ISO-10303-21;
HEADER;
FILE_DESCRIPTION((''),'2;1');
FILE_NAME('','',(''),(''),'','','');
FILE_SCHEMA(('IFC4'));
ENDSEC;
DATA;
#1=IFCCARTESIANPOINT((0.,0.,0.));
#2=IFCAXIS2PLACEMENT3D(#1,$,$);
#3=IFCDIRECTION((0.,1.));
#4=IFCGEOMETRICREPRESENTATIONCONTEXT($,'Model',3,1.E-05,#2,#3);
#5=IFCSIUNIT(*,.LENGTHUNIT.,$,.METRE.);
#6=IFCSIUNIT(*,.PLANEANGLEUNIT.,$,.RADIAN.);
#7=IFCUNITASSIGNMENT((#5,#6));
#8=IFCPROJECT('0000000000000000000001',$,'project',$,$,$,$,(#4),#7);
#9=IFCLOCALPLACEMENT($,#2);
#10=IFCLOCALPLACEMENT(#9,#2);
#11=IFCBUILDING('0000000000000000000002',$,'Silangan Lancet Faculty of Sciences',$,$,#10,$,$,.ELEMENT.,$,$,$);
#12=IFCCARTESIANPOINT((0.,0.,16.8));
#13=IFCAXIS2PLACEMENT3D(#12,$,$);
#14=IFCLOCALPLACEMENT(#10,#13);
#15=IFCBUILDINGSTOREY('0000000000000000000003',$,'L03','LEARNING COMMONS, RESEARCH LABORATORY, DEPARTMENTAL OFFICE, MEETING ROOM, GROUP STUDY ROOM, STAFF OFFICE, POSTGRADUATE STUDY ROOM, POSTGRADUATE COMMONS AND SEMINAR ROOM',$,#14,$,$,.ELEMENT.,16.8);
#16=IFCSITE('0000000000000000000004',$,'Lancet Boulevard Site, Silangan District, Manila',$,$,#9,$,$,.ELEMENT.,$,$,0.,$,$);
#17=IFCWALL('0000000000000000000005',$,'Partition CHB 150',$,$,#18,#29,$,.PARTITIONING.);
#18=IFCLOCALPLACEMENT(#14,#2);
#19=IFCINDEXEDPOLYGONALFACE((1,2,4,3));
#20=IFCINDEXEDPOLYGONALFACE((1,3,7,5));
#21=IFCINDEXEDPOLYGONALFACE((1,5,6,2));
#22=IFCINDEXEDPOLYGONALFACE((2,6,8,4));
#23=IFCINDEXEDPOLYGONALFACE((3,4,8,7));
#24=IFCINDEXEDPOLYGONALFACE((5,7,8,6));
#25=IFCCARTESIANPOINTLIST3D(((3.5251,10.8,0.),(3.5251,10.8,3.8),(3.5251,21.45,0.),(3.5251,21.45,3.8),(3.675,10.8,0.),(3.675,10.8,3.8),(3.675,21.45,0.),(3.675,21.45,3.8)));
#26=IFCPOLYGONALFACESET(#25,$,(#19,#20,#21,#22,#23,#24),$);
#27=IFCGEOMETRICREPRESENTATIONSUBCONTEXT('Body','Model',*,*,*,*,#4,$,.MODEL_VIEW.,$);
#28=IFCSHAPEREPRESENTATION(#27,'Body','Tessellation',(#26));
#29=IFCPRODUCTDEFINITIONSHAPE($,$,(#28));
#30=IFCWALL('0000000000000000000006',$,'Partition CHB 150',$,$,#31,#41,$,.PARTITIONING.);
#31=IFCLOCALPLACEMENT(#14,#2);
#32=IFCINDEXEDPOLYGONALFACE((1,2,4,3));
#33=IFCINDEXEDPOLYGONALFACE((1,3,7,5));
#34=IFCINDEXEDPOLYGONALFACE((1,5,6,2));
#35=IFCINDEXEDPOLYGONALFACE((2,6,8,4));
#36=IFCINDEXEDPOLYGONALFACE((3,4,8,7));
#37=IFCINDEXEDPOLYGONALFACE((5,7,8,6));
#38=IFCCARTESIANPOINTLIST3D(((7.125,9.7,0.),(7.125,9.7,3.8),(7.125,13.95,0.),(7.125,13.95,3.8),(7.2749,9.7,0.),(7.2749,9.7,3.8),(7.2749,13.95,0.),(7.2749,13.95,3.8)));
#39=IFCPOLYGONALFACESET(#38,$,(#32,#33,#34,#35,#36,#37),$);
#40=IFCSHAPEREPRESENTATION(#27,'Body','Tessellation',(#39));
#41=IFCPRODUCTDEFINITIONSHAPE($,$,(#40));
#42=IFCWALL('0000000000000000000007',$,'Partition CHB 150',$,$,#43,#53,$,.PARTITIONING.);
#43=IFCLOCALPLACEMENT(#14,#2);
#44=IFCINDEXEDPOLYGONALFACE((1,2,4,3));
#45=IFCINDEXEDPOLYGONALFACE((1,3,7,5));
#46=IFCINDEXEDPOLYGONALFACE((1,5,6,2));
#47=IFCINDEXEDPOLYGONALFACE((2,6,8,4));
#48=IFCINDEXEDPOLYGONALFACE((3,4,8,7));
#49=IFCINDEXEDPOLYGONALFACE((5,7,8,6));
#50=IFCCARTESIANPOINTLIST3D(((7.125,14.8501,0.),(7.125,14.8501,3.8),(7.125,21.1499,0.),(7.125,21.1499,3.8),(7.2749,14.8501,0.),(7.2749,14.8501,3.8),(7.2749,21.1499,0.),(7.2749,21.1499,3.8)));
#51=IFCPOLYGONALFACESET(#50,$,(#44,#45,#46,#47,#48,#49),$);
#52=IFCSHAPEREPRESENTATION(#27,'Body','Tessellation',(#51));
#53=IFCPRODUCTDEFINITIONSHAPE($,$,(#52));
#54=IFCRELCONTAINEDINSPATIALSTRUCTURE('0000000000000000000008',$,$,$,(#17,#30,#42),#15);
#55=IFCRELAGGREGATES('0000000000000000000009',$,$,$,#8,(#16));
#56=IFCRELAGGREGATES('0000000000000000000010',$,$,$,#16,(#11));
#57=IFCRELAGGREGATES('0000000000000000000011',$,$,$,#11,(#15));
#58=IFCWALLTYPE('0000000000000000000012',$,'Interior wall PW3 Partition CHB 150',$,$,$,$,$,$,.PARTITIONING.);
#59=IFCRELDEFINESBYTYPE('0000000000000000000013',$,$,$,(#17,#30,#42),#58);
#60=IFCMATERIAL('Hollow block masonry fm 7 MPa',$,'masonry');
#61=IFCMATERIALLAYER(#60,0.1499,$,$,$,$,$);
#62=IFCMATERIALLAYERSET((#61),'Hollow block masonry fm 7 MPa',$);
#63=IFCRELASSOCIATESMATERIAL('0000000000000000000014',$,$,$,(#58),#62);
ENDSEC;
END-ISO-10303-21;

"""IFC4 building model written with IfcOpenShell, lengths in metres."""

from ifc_helpers import new_model, si_unit, direction, frame, frame_2d, origin, place, context, subcontext, project, spatial, rectangle, extrude, material, layer, layer_set, type_object, element, save


model = new_model("IFC4")

# Units and contexts
model_context = context("Model", 3, precision=1e-05, world=origin(), true_north=direction((0.0, 1.0)))
body_context = subcontext(model_context, "Body", "Model", "MODEL_VIEW")
ifc_project = project(units=[si_unit("LENGTHUNIT", "METRE"), si_unit("PLANEANGLEUNIT", "RADIAN")], contexts=[model_context])

# Site, building, storey
site_placement = place(None, origin())
site = spatial("IfcSite", under=ifc_project, at=site_placement, Name="Lancet Boulevard Site, Silangan District, Manila", CompositionType="ELEMENT", RefElevation=0.0)
building_placement = place(site_placement, origin())
building = spatial("IfcBuilding", under=site, at=building_placement, Name="Silangan Lancet Faculty of Sciences", CompositionType="ELEMENT")
storey_placement = place(building_placement, frame((0.0, 0.0, 16.8)))
storey = spatial("IfcBuildingStorey", under=building, at=storey_placement, Name="L03", Description="LEARNING COMMONS, RESEARCH LABORATORY, DEPARTMENTAL OFFICE, MEETING ROOM, GROUP STUDY ROOM, STAFF OFFICE, POSTGRADUATE STUDY ROOM, POSTGRADUATE COMMONS AND SEMINAR ROOM", CompositionType="ELEMENT", Elevation=16.8)

# Walls
ifc_material_1 = material(Name="Hollow block masonry fm 7 MPa", Category="masonry")
ifc_layer_1 = layer(ifc_material_1, 0.1499)
ifc_layer_set_1 = layer_set([ifc_layer_1], Name="Hollow block masonry fm 7 MPa")
wall_type_1 = type_object("IfcWallType", Name="Interior wall PW3 Partition CHB 150", PredefinedType="PARTITIONING", material=ifc_layer_set_1)
wall_1_placement = place(storey_placement, frame((3.6001, 10.8, 0.0), z_axis=(0.0, 0.0, 1.0), x_axis=(0.0, 1.0, 0.0)))
element("IfcWall", 1, at=wall_1_placement, inside=storey, type_object=wall_type_1, Name="Partition CHB 150", PredefinedType="PARTITIONING", context=body_context, shape_type="SweptSolid", body=[
    extrude(rectangle(XDim=10.6499, YDim=0.1499, at=frame_2d((5.325, 0.0))), origin(), (0.0, 0.0, 1.0), 3.8),
])
wall_2_placement = place(storey_placement, frame((7.2, 9.7, 0.0), z_axis=(0.0, 0.0, 1.0), x_axis=(0.0, 1.0, 0.0)))
element("IfcWall", 2, at=wall_2_placement, inside=storey, type_object=wall_type_1, Name="Partition CHB 150", PredefinedType="PARTITIONING", context=body_context, shape_type="SweptSolid", body=[
    extrude(rectangle(XDim=4.25, YDim=0.1499, at=frame_2d((2.125, 0.0))), origin(), (0.0, 0.0, 1.0), 3.8),
])
wall_3_placement = place(storey_placement, frame((7.2, 14.8501, 0.0), z_axis=(0.0, 0.0, 1.0), x_axis=(0.0, 1.0, 0.0)))
element("IfcWall", 3, at=wall_3_placement, inside=storey, type_object=wall_type_1, Name="Partition CHB 150", PredefinedType="PARTITIONING", context=body_context, shape_type="SweptSolid", body=[
    extrude(rectangle(XDim=6.2998, YDim=0.1499, at=frame_2d((3.1499, 0.0))), origin(), (0.0, 0.0, 1.0), 3.8),
])

save(model, "model.ifc")
